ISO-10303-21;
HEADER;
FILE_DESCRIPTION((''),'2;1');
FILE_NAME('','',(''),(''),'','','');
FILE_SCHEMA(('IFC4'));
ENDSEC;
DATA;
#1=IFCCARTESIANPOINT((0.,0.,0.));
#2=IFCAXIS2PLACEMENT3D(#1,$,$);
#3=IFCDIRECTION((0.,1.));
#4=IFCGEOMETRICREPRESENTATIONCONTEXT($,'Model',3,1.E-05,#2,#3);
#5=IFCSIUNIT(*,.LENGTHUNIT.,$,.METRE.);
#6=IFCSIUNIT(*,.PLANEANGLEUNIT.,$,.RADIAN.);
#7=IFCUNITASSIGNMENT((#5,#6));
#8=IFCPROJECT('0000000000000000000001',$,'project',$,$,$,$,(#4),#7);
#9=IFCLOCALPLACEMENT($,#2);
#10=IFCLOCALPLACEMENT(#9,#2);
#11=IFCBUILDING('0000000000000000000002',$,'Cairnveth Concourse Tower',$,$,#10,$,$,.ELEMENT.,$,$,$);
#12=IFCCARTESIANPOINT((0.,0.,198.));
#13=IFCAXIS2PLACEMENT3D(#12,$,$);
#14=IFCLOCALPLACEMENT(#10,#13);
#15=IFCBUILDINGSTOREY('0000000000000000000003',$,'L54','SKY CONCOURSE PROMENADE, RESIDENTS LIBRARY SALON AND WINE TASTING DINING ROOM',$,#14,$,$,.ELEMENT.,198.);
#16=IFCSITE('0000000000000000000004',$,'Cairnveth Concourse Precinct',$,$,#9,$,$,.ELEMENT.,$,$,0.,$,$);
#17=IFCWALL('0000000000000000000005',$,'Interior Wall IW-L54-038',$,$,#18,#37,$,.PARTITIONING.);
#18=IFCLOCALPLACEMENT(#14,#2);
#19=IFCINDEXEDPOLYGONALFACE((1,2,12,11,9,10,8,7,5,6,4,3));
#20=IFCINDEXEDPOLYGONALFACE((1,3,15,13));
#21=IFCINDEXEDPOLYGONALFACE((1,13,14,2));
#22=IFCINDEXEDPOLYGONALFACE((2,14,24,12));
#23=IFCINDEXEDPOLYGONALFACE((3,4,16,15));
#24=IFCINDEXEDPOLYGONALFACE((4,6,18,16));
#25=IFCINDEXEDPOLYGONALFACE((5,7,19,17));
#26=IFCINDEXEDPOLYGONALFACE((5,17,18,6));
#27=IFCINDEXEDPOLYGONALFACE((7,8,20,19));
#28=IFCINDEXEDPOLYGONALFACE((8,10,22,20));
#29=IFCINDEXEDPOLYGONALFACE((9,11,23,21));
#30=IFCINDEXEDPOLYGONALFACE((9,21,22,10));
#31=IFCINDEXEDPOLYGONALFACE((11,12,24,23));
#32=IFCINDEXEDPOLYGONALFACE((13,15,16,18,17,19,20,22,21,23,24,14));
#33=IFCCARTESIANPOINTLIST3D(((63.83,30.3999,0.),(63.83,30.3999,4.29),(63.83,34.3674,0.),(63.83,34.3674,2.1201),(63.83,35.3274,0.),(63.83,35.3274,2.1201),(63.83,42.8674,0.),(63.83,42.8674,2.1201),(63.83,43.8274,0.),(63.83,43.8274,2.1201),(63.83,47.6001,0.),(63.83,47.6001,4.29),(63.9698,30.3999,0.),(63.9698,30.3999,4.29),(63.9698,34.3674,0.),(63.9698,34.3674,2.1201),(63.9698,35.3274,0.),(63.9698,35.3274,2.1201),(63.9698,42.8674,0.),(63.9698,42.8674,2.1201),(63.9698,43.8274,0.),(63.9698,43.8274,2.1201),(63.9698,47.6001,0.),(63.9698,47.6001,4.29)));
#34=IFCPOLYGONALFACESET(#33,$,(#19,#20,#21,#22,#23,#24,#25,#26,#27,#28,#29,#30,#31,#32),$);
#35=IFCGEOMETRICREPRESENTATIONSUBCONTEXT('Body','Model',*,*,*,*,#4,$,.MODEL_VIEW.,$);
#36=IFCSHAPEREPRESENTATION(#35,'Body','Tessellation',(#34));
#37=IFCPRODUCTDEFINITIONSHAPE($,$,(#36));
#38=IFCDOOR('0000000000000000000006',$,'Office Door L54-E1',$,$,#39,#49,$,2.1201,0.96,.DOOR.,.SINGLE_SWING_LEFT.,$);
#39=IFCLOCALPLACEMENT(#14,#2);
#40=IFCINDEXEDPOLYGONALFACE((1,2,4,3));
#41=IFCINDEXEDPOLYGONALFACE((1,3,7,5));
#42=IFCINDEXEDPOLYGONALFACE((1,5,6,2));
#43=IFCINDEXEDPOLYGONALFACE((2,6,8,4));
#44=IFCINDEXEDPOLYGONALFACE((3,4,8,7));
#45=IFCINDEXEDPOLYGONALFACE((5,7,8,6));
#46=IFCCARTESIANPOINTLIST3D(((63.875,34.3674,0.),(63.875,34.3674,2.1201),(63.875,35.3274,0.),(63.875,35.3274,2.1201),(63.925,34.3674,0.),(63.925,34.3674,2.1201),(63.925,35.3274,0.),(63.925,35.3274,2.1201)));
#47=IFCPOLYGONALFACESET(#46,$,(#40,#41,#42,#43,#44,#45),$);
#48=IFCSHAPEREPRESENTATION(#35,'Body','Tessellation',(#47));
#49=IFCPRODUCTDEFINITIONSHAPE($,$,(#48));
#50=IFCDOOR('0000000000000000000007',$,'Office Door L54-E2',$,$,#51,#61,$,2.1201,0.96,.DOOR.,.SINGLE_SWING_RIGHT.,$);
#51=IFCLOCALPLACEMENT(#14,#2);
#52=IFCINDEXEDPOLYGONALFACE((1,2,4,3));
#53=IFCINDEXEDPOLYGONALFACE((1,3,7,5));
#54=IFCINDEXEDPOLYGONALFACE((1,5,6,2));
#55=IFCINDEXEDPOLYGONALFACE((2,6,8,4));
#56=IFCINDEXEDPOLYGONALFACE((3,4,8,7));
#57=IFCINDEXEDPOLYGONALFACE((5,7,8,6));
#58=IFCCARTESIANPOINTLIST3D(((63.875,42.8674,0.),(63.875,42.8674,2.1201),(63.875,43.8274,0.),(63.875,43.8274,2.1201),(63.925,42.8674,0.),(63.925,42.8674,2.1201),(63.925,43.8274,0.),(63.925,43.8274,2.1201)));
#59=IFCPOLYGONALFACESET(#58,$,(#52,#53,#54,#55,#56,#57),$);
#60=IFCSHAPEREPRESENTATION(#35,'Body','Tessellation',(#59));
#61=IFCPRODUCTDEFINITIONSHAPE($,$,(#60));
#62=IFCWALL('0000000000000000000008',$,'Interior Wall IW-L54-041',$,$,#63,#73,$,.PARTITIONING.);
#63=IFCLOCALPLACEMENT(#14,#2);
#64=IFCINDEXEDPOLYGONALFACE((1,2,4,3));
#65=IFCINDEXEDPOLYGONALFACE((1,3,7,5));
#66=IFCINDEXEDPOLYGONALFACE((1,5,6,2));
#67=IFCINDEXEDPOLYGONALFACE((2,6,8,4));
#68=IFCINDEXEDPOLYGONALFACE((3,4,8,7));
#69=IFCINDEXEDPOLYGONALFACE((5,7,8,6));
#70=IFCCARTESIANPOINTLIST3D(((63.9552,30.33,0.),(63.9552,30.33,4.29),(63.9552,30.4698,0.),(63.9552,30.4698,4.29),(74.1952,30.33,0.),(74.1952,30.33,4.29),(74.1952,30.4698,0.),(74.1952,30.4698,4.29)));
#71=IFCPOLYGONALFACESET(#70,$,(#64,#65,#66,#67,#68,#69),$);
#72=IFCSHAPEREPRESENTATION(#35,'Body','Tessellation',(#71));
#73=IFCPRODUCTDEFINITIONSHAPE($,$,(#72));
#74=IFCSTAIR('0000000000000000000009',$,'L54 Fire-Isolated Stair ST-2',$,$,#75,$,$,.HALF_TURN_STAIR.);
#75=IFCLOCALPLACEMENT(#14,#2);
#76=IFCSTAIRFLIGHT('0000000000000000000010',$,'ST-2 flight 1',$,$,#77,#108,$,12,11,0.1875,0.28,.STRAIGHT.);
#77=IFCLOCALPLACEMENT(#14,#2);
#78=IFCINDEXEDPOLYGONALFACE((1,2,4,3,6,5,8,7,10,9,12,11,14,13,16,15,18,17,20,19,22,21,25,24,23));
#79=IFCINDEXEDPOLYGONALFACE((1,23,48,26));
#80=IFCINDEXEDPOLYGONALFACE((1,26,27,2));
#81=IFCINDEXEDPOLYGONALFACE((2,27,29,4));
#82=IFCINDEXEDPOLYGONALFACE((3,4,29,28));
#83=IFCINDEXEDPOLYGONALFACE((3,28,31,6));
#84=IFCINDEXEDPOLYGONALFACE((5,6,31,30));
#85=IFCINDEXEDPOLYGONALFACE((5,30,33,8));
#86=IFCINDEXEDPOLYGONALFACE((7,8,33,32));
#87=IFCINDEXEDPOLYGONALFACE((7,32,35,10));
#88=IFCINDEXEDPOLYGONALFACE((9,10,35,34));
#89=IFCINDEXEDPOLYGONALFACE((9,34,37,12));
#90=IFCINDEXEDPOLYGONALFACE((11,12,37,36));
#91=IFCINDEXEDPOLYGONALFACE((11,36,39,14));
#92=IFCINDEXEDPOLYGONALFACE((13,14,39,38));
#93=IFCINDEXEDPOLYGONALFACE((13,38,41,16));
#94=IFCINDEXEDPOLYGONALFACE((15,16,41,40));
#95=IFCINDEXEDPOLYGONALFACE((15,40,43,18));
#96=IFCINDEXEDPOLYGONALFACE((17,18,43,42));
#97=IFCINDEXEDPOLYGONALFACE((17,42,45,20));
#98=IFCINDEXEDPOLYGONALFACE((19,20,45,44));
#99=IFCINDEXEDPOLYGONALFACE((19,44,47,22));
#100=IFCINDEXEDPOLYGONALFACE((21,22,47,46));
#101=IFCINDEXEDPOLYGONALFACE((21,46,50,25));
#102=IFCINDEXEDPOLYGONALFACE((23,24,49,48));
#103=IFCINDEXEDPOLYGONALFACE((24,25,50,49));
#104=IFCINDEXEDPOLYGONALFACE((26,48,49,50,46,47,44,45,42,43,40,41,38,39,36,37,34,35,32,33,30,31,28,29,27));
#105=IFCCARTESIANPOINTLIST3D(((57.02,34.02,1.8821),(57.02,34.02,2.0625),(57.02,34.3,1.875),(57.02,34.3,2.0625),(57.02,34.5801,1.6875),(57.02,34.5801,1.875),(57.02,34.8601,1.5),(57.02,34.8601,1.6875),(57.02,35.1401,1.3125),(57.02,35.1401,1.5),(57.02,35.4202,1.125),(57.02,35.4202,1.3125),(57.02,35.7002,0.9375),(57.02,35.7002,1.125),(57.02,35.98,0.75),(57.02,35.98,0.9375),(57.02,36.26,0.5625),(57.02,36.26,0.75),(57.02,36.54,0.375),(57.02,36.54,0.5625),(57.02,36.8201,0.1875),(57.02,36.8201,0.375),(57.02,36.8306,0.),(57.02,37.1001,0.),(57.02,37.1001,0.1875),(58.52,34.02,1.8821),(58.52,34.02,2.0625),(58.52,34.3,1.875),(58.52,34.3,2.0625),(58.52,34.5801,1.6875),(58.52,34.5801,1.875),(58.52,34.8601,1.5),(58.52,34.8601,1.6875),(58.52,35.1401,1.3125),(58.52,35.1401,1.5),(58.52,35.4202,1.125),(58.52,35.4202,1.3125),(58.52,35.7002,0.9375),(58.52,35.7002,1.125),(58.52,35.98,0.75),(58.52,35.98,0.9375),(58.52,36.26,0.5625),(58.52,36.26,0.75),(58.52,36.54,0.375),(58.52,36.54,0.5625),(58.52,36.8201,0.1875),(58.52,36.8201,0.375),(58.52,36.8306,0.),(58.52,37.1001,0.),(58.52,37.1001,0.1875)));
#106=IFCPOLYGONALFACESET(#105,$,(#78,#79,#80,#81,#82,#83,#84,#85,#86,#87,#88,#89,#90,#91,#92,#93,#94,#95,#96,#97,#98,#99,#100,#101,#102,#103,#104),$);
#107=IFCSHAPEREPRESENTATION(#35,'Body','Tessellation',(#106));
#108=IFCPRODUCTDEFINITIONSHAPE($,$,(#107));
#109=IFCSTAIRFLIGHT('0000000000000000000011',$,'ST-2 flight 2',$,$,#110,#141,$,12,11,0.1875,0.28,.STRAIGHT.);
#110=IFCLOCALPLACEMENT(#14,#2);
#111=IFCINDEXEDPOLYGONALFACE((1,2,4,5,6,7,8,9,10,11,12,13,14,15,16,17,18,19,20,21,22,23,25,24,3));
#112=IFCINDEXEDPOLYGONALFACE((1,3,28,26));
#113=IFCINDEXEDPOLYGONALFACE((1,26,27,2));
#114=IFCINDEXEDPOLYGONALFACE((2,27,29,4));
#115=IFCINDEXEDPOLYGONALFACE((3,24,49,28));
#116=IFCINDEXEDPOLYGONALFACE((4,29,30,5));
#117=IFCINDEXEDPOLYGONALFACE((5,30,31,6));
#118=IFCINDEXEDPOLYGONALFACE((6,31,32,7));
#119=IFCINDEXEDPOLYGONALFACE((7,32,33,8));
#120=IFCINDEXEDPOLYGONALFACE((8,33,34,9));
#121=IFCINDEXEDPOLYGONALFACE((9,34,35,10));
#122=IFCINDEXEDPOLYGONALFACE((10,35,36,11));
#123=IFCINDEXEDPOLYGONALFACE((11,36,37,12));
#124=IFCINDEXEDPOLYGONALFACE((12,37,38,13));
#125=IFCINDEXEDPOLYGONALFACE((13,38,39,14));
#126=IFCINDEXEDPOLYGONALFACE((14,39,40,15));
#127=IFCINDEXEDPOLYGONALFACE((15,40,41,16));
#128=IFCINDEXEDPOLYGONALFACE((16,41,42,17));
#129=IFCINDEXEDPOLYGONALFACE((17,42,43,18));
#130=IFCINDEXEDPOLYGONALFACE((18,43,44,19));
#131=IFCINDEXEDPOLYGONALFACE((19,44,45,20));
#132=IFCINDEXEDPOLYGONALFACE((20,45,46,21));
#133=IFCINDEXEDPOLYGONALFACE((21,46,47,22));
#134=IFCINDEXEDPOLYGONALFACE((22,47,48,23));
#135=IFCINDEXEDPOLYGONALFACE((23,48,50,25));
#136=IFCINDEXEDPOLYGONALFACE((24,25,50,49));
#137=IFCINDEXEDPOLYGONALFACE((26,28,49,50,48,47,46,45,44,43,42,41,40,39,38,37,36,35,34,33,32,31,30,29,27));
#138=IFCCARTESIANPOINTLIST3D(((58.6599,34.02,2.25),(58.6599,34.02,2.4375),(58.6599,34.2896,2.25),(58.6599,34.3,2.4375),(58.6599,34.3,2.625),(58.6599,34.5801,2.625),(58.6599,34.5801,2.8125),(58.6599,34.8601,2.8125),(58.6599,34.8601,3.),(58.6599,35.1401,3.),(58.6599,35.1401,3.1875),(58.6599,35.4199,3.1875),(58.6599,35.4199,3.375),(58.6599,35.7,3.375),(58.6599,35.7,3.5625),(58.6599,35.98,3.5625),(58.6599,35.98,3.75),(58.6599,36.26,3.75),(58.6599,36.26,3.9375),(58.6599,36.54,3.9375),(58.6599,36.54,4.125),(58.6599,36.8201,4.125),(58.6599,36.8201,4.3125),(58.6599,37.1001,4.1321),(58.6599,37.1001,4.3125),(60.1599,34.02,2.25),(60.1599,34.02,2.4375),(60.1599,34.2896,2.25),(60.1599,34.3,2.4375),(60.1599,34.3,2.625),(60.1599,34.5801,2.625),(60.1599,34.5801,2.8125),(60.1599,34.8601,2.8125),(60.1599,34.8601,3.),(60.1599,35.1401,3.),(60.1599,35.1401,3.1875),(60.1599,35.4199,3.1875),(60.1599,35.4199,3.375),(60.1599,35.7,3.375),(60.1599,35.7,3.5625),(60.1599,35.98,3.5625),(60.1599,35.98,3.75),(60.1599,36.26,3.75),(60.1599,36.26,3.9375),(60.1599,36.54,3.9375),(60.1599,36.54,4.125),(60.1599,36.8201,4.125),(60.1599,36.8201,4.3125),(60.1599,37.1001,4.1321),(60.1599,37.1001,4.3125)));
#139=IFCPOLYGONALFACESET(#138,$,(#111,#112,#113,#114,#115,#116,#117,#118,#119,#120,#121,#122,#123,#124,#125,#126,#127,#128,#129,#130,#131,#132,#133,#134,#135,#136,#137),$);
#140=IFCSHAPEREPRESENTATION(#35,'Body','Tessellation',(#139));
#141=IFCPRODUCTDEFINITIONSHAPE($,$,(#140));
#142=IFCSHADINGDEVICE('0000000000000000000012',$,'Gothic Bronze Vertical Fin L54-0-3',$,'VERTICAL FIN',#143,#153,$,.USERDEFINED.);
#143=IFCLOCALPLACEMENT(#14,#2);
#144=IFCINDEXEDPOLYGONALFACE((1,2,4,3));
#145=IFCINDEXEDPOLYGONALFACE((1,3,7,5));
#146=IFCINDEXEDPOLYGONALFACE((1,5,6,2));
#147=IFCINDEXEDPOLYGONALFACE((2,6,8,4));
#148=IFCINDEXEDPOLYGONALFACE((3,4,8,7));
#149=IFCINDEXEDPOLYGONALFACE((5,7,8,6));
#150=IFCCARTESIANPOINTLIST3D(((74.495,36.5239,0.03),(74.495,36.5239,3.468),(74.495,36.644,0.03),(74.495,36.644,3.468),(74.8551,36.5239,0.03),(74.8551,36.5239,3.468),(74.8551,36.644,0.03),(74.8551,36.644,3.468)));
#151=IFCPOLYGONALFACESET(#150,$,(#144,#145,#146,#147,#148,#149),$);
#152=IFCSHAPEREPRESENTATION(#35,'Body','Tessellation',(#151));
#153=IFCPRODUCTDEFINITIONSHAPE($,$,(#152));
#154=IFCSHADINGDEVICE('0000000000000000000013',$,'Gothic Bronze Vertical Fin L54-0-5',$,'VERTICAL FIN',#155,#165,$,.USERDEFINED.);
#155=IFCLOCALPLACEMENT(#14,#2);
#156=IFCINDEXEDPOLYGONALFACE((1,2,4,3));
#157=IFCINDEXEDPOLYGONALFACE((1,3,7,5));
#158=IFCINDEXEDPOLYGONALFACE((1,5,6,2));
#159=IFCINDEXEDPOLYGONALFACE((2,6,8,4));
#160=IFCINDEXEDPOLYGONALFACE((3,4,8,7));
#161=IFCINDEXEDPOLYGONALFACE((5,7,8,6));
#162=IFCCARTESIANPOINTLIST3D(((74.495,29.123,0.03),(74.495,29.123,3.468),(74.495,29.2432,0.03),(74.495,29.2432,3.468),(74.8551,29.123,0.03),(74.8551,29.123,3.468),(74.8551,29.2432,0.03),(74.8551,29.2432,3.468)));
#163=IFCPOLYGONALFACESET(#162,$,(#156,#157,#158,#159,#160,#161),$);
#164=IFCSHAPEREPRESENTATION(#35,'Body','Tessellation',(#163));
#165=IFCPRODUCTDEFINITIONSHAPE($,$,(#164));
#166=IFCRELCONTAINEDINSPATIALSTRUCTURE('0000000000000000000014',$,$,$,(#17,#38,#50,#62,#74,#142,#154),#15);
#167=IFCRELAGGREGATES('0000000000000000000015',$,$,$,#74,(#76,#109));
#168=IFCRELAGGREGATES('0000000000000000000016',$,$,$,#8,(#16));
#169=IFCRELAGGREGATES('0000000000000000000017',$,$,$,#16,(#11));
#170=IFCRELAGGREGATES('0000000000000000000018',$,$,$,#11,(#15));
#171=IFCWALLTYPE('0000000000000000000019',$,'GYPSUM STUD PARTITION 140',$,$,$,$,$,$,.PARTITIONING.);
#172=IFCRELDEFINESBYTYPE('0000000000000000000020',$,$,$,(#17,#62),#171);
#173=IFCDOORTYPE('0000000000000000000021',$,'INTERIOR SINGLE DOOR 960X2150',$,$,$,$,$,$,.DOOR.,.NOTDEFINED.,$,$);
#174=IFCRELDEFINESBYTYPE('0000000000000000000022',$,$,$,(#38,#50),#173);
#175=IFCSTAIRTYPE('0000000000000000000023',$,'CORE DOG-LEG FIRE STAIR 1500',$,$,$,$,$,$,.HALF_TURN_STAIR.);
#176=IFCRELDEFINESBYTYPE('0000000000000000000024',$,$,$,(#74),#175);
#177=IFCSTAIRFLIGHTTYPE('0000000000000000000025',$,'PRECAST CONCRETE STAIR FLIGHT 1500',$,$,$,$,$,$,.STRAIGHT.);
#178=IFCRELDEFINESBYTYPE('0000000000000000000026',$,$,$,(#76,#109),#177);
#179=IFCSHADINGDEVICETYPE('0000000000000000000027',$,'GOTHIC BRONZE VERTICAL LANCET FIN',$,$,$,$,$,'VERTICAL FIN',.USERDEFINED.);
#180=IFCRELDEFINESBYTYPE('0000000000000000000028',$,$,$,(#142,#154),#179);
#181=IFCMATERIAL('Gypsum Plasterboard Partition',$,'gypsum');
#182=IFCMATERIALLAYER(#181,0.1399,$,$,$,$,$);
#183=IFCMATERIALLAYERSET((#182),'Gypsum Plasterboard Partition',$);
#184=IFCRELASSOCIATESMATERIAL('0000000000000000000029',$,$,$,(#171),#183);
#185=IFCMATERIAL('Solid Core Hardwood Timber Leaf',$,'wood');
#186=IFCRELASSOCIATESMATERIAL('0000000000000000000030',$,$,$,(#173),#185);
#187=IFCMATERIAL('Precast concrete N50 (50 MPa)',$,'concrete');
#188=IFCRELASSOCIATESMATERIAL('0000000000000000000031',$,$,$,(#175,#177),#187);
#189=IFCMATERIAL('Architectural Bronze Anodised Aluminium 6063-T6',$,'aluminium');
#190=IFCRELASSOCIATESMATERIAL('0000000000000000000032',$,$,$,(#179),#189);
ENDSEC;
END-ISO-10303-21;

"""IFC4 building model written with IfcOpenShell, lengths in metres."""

from ifc_helpers import new_model, si_unit, direction, frame, frame_2d, origin, origin_2d, place, context, subcontext, project, spatial, polyline, rectangle, outline, extrude, material, layer, layer_set, type_object, element, fill, aggregate, save


model = new_model("IFC4")

# Units and contexts
model_context = context("Model", 3, precision=1e-05, world=origin(), true_north=direction((0.0, 1.0)))
body_context = subcontext(model_context, "Body", "Model", "MODEL_VIEW")
ifc_project = project(units=[si_unit("LENGTHUNIT", "METRE"), si_unit("PLANEANGLEUNIT", "RADIAN")], contexts=[model_context])

# Site, building, storey
site_placement = place(None, origin())
site = spatial("IfcSite", under=ifc_project, at=site_placement, Name="Cairnveth Concourse Precinct", CompositionType="ELEMENT", RefElevation=0.0)
building_placement = place(site_placement, origin())
building = spatial("IfcBuilding", under=site, at=building_placement, Name="Cairnveth Concourse Tower", CompositionType="ELEMENT")
storey_placement = place(building_placement, frame((0.0, 0.0, 198.0)))
storey = spatial("IfcBuildingStorey", under=building, at=storey_placement, Name="L54", Description="SKY CONCOURSE PROMENADE, RESIDENTS LIBRARY SALON AND WINE TASTING DINING ROOM", CompositionType="ELEMENT", Elevation=198.0)

# Wall, openings, doors
ifc_material_1 = material(Name="Gypsum Plasterboard Partition", Category="gypsum")
ifc_layer_1 = layer(ifc_material_1, 0.1399)
ifc_layer_set_1 = layer_set([ifc_layer_1], Name="Gypsum Plasterboard Partition")
wall_type_1 = type_object("IfcWallType", Name="GYPSUM STUD PARTITION 140", PredefinedType="PARTITIONING", material=ifc_layer_set_1)
wall_1_placement = place(storey_placement, frame((63.8999, 30.3999, 0.0), z_axis=(0.0, 0.0, 1.0), x_axis=(0.0, 1.0, 0.0)))
wall_1 = element("IfcWall", 1, at=wall_1_placement, inside=storey, type_object=wall_type_1, Name="Interior Wall IW-L54-038", PredefinedType="PARTITIONING", context=body_context, shape_type="SweptSolid", body=[
    extrude(rectangle(XDim=17.2002, YDim=0.1399, at=frame_2d((8.6001, 0.0))), origin(), (0.0, 0.0, 1.0), 4.29),
])
opening_1_placement = place(wall_1_placement, frame((3.9675, 0.0, 0.0)))
opening_1 = element("IfcOpeningElement", 2, at=opening_1_placement, cuts=wall_1, PredefinedType="OPENING", context=body_context, shape_type="SweptSolid", body=[
    extrude(rectangle(XDim=0.96, YDim=2.1201, at=frame_2d((0.48, 1.0601))), frame((0.0, 0.0798, 0.0), z_axis=(0.0, -1.0, 0.0), x_axis=(1.0, 0.0, 0.0)), (0.0, 0.0, 1.0), 0.1599),
])
opening_2_placement = place(wall_1_placement, frame((12.4675, 0.0, 0.0)))
opening_2 = element("IfcOpeningElement", 3, at=opening_2_placement, cuts=wall_1, PredefinedType="OPENING", context=body_context, shape_type="SweptSolid", body=[
    extrude(rectangle(XDim=0.96, YDim=2.1201, at=frame_2d((0.48, 1.0601))), frame((0.0, 0.0798, 0.0), z_axis=(0.0, -1.0, 0.0), x_axis=(1.0, 0.0, 0.0)), (0.0, 0.0, 1.0), 0.1599),
])
ifc_material_2 = material(Name="Solid Core Hardwood Timber Leaf", Category="wood")
door_type_1 = type_object("IfcDoorType", Name="INTERIOR SINGLE DOOR 960X2150", OperationType="NOTDEFINED", PredefinedType="DOOR", material=ifc_material_2)
door_1_placement = place(opening_1_placement, origin())
door_1 = element("IfcDoor", 4, at=door_1_placement, inside=storey, type_object=door_type_1, Name="Office Door L54-E1", OperationType="SINGLE_SWING_LEFT", OverallHeight=2.1201, OverallWidth=0.96, PredefinedType="DOOR", context=body_context, shape_type="SweptSolid", body=[
    extrude(rectangle(XDim=0.96, YDim=2.1201, at=frame_2d((0.48, 1.0601))), frame((0.0, 0.0249, 0.0), z_axis=(0.0, -1.0, 0.0), x_axis=(1.0, 0.0, 0.0)), (0.0, 0.0, 1.0), 0.05),
])
fill(opening_1, door_1)
door_2_placement = place(opening_2_placement, origin())
door_2 = element("IfcDoor", 5, at=door_2_placement, inside=storey, type_object=door_type_1, Name="Office Door L54-E2", OperationType="SINGLE_SWING_RIGHT", OverallHeight=2.1201, OverallWidth=0.96, PredefinedType="DOOR", context=body_context, shape_type="SweptSolid", body=[
    extrude(rectangle(XDim=0.96, YDim=2.1201, at=frame_2d((0.48, 1.0601))), frame((0.0, 0.0249, 0.0), z_axis=(0.0, -1.0, 0.0), x_axis=(1.0, 0.0, 0.0)), (0.0, 0.0, 1.0), 0.05),
])
fill(opening_2, door_2)

# Wall
wall_2_placement = place(storey_placement, frame((63.9551, 30.3999, 0.0), z_axis=(0.0, 0.0, 1.0), x_axis=(1.0, 0.0, 0.0)))
element("IfcWall", 6, at=wall_2_placement, inside=storey, type_object=wall_type_1, Name="Interior Wall IW-L54-041", PredefinedType="PARTITIONING", context=body_context, shape_type="SweptSolid", body=[
    extrude(rectangle(XDim=10.24, YDim=0.1399, at=frame_2d((5.1201, 0.0))), origin(), (0.0, 0.0, 1.0), 4.29),
])

# Stair, stair flights
ifc_material_3 = material(Name="Precast concrete N50 (50 MPa)", Category="concrete")
stair_type = type_object("IfcStairType", Name="CORE DOG-LEG FIRE STAIR 1500", PredefinedType="HALF_TURN_STAIR", material=ifc_material_3)
stair_placement = place(storey_placement, origin())
stair = element("IfcStair", 7, at=stair_placement, inside=storey, type_object=stair_type, Name="L54 Fire-Isolated Stair ST-2", PredefinedType="HALF_TURN_STAIR")
stair_flight_type = type_object("IfcStairFlightType", Name="PRECAST CONCRETE STAIR FLIGHT 1500", PredefinedType="STRAIGHT", material=ifc_material_3)
stair_flight_1_placement = place(storey_placement, frame((57.77, 37.1001, 0.0), z_axis=(0.0, 0.0, 1.0), x_axis=(0.0, -1.0, 0.0)))
stair_flight_1 = element("IfcStairFlight", 8, at=stair_flight_1_placement, type_object=stair_flight_type, Name="ST-2 flight 1", NumberOfRisers=12, NumberOfTreads=11, PredefinedType="STRAIGHT", RiserHeight=0.1875, TreadLength=0.28, context=body_context, shape_type="SweptSolid", body=[
    extrude(outline(polyline([(0.0, 0.0), (0.0, 0.1875), (0.28, 0.1875), (0.28, 0.375), (0.5601, 0.375), (0.5601, 0.5625), (0.8401, 0.5625), (0.8401, 0.75), (1.1201, 0.75), (1.1201, 0.9375), (1.3999, 0.9375), (1.3999, 1.125), (1.6799, 1.125), (1.6799, 1.3125), (1.96, 1.3125), (1.96, 1.5), (2.24, 1.5), (2.24, 1.6875), (2.52, 1.6875), (2.52, 1.875), (2.8, 1.875), (2.8, 2.0625), (3.0801, 2.0625), (3.0801, 2.25), (3.0801, 1.8821), (0.2695, 0.0), (0.0, 0.0)])), frame((0.0, 0.75, 0.0), z_axis=(0.0, -1.0, 0.0), x_axis=(1.0, 0.0, 0.0)), (0.0, 0.0, 1.0), 1.5),
])
stair_flight_2_placement = place(storey_placement, frame((59.4099, 34.02, 2.25), z_axis=(0.0, 0.0, 1.0), x_axis=(0.0, 1.0, 0.0)))
stair_flight_2 = element("IfcStairFlight", 9, at=stair_flight_2_placement, type_object=stair_flight_type, Name="ST-2 flight 2", NumberOfRisers=12, NumberOfTreads=11, PredefinedType="STRAIGHT", RiserHeight=0.1875, TreadLength=0.28, context=body_context, shape_type="SweptSolid", body=[
    extrude(outline(polyline([(0.0, 0.0), (0.0, 0.1875), (0.28, 0.1875), (0.28, 0.375), (0.5601, 0.375), (0.5601, 0.5625), (0.8401, 0.5625), (0.8401, 0.75), (1.1201, 0.75), (1.1201, 0.9375), (1.3999, 0.9375), (1.3999, 1.125), (1.6799, 1.125), (1.6799, 1.3125), (1.96, 1.3125), (1.96, 1.5), (2.24, 1.5), (2.24, 1.6875), (2.52, 1.6875), (2.52, 1.875), (2.8, 1.875), (2.8, 2.0625), (3.0801, 2.0625), (3.0801, 2.25), (3.0801, 1.8821), (0.2695, 0.0), (0.0, 0.0)])), frame((0.0, 0.75, 0.0), z_axis=(0.0, -1.0, 0.0), x_axis=(1.0, 0.0, 0.0)), (0.0, 0.0, 1.0), 1.5),
])
aggregate(stair, [stair_flight_1, stair_flight_2])

# Shading devices
ifc_material_4 = material(Name="Architectural Bronze Anodised Aluminium 6063-T6", Category="aluminium")
shading_device_type = type_object("IfcShadingDeviceType", Name="GOTHIC BRONZE VERTICAL LANCET FIN", ElementType="VERTICAL FIN", PredefinedType="USERDEFINED", material=ifc_material_4)
for number, where, z_axis, x_axis, name in (
    (10, (74.675, 36.584, 0.03), (0.0, 0.0, 1.0), (0.0, 1.0, 0.0), "Gothic Bronze Vertical Fin L54-0-3"),
    (11, (74.675, 29.1831, 0.03), (0.0, 0.0, 1.0), (0.0, 1.0, 0.0), "Gothic Bronze Vertical Fin L54-0-5"),
):
    element("IfcShadingDevice", number, at=place(storey_placement, frame(where, z_axis=z_axis, x_axis=x_axis)), inside=storey, type_object=shading_device_type, Name=name, ObjectType="VERTICAL FIN", PredefinedType="USERDEFINED", context=body_context, shape_type="SweptSolid", body=[
        extrude(rectangle(XDim=0.1201, YDim=0.3601, at=origin_2d()), origin(), (0.0, 0.0, 1.0), 3.438),
    ])

save(model, "model.ifc")
